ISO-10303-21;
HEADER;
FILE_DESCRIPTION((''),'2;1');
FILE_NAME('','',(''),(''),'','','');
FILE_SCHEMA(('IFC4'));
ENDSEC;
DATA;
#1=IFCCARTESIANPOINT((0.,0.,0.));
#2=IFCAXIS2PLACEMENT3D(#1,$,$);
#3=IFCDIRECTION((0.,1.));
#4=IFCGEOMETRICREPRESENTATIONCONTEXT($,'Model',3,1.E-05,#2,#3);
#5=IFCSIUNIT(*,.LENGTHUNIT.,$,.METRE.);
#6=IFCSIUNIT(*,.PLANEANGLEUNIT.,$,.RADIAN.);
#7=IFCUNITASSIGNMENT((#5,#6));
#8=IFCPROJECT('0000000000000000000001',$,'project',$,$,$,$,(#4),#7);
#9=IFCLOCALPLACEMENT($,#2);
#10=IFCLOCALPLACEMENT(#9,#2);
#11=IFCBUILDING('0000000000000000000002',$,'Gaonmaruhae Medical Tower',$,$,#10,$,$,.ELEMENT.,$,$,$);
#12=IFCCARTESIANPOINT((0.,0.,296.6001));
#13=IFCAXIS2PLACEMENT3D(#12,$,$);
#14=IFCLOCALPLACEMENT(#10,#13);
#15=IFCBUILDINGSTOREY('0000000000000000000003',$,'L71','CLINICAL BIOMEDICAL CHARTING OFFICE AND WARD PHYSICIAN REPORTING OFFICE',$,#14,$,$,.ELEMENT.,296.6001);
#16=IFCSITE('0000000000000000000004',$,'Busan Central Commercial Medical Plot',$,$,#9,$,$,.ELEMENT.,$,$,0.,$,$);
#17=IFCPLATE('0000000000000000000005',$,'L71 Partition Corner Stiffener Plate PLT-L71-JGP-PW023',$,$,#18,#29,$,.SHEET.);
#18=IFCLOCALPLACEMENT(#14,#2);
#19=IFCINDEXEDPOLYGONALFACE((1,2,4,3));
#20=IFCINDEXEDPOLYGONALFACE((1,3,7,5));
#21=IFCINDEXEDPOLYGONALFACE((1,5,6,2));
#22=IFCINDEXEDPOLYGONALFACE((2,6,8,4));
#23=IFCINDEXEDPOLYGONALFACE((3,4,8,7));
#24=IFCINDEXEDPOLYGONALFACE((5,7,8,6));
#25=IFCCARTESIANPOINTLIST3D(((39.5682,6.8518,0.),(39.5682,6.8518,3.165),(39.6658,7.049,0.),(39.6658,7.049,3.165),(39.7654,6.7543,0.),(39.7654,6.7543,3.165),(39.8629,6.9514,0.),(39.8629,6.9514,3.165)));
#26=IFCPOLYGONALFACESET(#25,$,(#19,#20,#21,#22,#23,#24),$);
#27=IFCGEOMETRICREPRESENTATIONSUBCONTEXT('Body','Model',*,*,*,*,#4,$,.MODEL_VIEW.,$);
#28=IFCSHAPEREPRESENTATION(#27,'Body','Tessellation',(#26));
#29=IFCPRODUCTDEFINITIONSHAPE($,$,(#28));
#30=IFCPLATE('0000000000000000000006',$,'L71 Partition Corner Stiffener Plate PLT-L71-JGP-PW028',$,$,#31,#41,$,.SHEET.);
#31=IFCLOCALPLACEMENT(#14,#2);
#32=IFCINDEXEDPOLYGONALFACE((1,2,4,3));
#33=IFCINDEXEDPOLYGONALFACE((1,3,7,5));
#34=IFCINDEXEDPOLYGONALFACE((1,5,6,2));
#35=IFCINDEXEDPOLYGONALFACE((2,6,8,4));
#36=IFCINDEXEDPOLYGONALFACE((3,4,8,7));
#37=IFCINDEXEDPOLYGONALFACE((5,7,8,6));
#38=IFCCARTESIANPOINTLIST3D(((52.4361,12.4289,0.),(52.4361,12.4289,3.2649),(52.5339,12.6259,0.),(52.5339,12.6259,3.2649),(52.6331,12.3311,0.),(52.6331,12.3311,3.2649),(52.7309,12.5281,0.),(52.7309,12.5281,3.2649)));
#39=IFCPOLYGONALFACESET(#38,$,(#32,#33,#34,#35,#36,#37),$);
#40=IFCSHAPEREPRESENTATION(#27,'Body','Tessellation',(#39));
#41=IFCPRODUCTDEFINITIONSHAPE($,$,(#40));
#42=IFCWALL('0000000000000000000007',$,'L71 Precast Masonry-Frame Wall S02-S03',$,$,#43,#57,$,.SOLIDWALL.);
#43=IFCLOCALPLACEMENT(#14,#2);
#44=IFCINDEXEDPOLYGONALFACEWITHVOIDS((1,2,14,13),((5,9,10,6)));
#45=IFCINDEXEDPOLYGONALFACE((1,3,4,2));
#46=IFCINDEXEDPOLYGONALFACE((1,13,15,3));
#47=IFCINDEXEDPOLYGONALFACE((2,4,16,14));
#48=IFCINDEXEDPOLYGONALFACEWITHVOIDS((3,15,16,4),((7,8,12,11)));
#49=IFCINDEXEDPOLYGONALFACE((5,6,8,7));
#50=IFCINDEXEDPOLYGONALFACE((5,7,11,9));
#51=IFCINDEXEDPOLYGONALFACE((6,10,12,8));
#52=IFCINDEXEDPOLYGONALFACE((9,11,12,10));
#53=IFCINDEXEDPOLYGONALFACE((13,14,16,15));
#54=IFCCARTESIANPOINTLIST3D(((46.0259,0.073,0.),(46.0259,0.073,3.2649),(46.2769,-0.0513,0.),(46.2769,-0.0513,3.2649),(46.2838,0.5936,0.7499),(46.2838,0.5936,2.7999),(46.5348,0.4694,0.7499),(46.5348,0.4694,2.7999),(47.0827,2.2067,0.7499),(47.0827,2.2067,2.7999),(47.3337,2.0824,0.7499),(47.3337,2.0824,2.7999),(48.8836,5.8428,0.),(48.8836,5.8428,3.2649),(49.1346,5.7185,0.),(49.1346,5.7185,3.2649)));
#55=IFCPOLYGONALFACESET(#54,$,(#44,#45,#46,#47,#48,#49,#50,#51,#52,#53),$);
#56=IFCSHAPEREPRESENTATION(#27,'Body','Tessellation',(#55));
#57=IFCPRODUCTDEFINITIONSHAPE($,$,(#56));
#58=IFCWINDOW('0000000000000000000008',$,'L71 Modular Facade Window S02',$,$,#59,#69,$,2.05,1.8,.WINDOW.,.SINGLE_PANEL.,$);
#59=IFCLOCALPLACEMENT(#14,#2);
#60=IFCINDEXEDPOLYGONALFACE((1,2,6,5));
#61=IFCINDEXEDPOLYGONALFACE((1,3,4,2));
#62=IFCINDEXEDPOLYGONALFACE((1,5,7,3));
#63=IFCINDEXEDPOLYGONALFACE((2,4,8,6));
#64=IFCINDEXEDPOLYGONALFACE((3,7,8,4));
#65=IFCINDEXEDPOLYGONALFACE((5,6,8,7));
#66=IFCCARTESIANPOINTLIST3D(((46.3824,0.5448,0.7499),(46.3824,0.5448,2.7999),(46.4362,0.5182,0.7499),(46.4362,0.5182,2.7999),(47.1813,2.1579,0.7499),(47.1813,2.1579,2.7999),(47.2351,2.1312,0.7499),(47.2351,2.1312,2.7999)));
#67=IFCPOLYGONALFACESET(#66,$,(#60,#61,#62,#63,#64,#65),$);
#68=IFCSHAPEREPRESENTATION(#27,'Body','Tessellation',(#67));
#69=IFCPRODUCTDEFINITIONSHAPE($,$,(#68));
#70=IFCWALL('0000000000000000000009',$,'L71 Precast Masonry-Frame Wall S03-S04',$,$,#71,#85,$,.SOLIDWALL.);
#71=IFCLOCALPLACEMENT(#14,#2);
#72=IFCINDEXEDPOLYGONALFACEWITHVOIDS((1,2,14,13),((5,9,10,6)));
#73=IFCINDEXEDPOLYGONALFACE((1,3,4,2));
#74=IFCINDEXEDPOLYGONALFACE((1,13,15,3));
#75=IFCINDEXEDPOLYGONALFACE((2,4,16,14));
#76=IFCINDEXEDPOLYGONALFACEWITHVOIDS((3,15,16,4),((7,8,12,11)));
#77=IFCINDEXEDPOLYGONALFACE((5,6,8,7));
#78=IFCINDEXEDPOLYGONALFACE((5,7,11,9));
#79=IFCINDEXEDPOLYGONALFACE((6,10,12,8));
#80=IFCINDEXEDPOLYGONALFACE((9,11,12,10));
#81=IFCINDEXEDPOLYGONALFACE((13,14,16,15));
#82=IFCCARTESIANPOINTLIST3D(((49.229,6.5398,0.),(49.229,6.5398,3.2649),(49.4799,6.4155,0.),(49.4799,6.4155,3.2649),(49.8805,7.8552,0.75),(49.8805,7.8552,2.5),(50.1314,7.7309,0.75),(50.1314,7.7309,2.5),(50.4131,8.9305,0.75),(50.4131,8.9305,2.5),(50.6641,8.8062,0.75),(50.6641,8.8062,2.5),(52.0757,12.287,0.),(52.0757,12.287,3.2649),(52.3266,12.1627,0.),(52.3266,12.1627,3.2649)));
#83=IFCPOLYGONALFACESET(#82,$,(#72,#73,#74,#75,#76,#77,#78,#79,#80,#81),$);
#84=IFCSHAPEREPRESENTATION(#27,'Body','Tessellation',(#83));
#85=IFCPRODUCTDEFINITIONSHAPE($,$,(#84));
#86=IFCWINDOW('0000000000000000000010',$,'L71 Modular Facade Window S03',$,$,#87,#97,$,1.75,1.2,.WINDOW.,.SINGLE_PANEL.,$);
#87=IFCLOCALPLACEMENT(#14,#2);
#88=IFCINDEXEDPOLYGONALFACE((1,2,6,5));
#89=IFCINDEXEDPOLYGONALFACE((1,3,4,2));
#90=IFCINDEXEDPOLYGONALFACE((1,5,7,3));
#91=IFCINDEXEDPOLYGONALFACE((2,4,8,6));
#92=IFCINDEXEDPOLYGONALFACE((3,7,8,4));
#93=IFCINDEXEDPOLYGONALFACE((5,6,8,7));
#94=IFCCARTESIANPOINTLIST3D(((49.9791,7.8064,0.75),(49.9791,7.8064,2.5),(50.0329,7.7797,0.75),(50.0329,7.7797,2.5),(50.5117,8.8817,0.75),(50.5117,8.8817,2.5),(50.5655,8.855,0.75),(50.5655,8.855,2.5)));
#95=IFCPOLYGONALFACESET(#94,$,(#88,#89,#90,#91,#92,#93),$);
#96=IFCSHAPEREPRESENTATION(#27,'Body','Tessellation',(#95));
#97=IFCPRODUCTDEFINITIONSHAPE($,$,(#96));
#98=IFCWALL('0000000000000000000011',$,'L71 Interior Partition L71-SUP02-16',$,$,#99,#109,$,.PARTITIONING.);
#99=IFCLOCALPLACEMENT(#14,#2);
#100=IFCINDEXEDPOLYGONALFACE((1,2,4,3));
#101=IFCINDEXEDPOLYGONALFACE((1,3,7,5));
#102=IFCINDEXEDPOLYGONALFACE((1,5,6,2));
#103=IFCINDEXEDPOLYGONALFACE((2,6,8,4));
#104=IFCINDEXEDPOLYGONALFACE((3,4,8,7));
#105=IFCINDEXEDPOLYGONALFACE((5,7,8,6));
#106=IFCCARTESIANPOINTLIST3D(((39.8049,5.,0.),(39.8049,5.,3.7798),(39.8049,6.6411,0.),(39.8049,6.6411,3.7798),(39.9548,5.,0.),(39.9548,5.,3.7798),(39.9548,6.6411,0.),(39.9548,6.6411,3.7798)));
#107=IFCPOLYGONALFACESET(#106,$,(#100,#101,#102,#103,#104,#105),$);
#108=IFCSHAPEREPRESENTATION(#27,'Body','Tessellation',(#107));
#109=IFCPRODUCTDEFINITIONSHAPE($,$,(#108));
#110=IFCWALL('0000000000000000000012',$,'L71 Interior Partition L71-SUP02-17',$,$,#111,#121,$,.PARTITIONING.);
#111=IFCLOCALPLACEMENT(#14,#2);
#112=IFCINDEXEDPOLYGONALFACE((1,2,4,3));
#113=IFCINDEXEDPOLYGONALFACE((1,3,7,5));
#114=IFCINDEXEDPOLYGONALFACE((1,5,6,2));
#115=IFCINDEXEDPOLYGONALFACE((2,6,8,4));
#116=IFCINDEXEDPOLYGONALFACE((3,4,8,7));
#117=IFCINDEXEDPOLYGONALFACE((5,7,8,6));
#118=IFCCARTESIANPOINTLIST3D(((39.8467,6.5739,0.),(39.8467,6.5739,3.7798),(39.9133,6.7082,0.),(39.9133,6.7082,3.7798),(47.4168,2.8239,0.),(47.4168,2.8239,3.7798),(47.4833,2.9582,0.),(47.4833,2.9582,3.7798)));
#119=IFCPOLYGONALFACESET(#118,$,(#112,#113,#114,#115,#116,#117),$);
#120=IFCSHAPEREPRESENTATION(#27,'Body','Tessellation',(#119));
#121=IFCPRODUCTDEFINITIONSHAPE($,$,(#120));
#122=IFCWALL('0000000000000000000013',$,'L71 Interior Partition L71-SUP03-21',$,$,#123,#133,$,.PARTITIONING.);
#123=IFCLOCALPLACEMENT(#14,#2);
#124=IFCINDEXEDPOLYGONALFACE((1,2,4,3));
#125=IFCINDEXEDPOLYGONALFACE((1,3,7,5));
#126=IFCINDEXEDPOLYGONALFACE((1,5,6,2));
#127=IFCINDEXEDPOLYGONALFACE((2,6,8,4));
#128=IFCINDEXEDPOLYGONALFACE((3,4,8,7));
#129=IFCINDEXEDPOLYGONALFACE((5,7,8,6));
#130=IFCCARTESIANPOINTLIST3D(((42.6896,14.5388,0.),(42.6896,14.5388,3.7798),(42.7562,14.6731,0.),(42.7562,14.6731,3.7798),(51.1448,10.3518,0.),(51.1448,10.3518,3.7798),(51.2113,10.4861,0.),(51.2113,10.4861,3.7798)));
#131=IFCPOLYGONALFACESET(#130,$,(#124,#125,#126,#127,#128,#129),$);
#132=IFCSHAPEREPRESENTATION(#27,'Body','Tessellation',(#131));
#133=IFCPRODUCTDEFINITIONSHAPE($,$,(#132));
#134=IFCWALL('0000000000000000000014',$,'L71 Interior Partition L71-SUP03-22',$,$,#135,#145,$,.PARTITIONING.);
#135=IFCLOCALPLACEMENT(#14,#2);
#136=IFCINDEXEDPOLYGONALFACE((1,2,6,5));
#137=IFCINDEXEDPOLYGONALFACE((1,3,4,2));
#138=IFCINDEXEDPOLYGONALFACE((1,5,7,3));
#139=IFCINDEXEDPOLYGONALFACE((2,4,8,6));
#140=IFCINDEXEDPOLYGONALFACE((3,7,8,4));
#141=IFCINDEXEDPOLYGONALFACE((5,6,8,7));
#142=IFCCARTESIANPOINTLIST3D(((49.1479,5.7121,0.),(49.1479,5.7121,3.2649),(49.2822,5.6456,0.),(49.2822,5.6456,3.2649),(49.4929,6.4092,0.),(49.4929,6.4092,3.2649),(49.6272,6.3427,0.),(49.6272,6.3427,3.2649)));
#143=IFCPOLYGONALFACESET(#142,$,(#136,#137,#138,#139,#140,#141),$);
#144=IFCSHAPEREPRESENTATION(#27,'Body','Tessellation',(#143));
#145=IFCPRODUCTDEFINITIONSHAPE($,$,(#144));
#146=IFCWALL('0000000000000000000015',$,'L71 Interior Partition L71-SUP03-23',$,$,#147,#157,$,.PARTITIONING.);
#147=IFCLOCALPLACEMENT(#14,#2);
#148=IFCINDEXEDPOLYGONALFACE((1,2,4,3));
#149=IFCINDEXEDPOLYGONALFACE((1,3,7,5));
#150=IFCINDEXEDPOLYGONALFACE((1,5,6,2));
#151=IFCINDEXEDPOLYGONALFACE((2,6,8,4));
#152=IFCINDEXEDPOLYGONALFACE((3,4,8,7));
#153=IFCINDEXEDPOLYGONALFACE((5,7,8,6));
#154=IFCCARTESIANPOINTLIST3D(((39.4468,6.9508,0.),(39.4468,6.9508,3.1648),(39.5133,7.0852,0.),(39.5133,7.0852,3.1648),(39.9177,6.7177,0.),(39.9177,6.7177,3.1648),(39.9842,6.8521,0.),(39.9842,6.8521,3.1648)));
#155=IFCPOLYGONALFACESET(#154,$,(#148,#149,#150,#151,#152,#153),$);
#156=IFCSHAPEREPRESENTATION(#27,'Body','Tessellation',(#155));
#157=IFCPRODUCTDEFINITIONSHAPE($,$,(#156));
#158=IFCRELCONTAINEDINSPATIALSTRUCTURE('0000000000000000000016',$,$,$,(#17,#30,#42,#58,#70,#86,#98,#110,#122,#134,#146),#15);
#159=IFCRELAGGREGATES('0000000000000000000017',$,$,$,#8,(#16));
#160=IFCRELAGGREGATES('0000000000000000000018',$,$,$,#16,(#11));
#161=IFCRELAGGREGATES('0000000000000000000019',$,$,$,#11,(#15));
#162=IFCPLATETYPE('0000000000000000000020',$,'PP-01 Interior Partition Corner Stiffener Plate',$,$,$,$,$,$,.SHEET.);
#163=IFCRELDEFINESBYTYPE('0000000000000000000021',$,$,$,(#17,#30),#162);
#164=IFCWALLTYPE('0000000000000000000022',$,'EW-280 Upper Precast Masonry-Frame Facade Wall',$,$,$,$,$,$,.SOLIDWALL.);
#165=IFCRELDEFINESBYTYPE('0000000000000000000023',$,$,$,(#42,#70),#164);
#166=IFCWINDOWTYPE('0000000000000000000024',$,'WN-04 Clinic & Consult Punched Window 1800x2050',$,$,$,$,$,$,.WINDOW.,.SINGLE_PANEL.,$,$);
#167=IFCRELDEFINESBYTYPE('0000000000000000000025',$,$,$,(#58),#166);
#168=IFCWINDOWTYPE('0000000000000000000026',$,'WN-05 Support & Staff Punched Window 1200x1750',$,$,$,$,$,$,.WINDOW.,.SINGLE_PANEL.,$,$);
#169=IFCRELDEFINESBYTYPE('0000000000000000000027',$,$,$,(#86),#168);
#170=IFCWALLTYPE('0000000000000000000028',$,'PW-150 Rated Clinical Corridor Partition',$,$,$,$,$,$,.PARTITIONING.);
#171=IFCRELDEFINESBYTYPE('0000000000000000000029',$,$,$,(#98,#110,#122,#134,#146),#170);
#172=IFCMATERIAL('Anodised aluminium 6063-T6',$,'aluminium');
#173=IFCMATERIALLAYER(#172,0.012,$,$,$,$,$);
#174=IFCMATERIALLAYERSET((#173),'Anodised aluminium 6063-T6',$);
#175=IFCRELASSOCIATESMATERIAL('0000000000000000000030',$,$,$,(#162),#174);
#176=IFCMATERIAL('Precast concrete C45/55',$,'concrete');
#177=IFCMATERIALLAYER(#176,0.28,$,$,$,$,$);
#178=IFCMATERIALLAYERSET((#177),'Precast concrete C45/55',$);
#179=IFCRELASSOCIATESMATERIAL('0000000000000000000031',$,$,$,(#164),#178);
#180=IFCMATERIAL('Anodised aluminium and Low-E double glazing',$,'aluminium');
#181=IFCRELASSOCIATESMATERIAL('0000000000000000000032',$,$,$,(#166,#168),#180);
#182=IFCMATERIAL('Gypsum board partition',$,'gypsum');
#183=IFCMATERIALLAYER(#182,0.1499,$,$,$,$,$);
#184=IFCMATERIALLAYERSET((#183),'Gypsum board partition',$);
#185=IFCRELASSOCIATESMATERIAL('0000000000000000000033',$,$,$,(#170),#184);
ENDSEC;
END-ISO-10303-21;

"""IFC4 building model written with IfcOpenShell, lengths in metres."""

from ifc_helpers import new_model, si_unit, direction, frame, frame_2d, origin, origin_2d, place, context, subcontext, project, spatial, rectangle, extrude, material, layer, layer_set, type_object, element, fill, save


model = new_model("IFC4")

# Units and contexts
model_context = context("Model", 3, precision=1e-05, world=origin(), true_north=direction((0.0, 1.0)))
body_context = subcontext(model_context, "Body", "Model", "MODEL_VIEW")
ifc_project = project(units=[si_unit("LENGTHUNIT", "METRE"), si_unit("PLANEANGLEUNIT", "RADIAN")], contexts=[model_context])

# Site, building, storey
site_placement = place(None, origin())
site = spatial("IfcSite", under=ifc_project, at=site_placement, Name="Busan Central Commercial Medical Plot", CompositionType="ELEMENT", RefElevation=0.0)
building_placement = place(site_placement, origin())
building = spatial("IfcBuilding", under=site, at=building_placement, Name="Gaonmaruhae Medical Tower", CompositionType="ELEMENT")
storey_placement = place(building_placement, frame((0.0, 0.0, 296.6001)))
storey = spatial("IfcBuildingStorey", under=building, at=storey_placement, Name="L71", Description="CLINICAL BIOMEDICAL CHARTING OFFICE AND WARD PHYSICIAN REPORTING OFFICE", CompositionType="ELEMENT", Elevation=296.6001)

# Plates
ifc_material_1 = material(Name="Anodised aluminium 6063-T6", Category="aluminium")
ifc_layer_1 = layer(ifc_material_1, 0.012)
ifc_layer_set_1 = layer_set([ifc_layer_1], Name="Anodised aluminium 6063-T6")
plate_type = type_object("IfcPlateType", Name="PP-01 Interior Partition Corner Stiffener Plate", PredefinedType="SHEET", material=ifc_layer_set_1)
plate_1_placement = place(storey_placement, frame((39.7156, 6.9016, 0.0), z_axis=(0.0, 0.0, 1.0), x_axis=(-0.896324, 0.4434, 0.0)))
element("IfcPlate", 1, at=plate_1_placement, inside=storey, type_object=plate_type, Name="L71 Partition Corner Stiffener Plate PLT-L71-JGP-PW023", PredefinedType="SHEET", context=body_context, shape_type="SweptSolid", body=[
    extrude(rectangle(XDim=0.22, YDim=0.22, at=origin_2d()), origin(), (0.0, 0.0, 1.0), 3.165),
])
plate_2_placement = place(storey_placement, frame((52.5835, 12.4785, 0.0), z_axis=(0.0, 0.0, 1.0), x_axis=(-0.444698, -0.895681, 0.0)))
element("IfcPlate", 2, at=plate_2_placement, inside=storey, type_object=plate_type, Name="L71 Partition Corner Stiffener Plate PLT-L71-JGP-PW028", PredefinedType="SHEET", context=body_context, shape_type="SweptSolid", body=[
    extrude(rectangle(XDim=0.22, YDim=0.22, at=origin_2d()), origin(), (0.0, 0.0, 1.0), 3.2649),
])

# Walls, openings, windows
ifc_material_2 = material(Name="Precast concrete C45/55", Category="concrete")
ifc_layer_2 = layer(ifc_material_2, 0.28)
ifc_layer_set_2 = layer_set([ifc_layer_2], Name="Precast concrete C45/55")
wall_type_1 = type_object("IfcWallType", Name="EW-280 Upper Precast Masonry-Frame Facade Wall", PredefinedType="SOLIDWALL", material=ifc_layer_set_2)
wall_1_placement = place(storey_placement, frame((49.009, 5.7805, 0.0), z_axis=(0.0, 0.0, 1.0), x_axis=(-0.443828, -0.896112, 0.0)))
wall_1 = element("IfcWall", 3, at=wall_1_placement, inside=storey, type_object=wall_type_1, Name="L71 Precast Masonry-Frame Wall S02-S03", PredefinedType="SOLIDWALL", context=body_context, shape_type="SweptSolid", body=[
    extrude(rectangle(XDim=6.4387, YDim=0.28, at=frame_2d((3.2192, 0.0))), origin(), (0.0, 0.0, 1.0), 3.2649),
])
opening_1_placement = place(wall_1_placement, frame((4.0576, 0.0, 0.75)))
opening_1 = element("IfcOpeningElement", 4, at=opening_1_placement, cuts=wall_1, PredefinedType="OPENING", context=body_context, shape_type="SweptSolid", body=[
    extrude(rectangle(XDim=1.8, YDim=2.05, at=frame_2d((0.8999, 1.0249))), frame((0.0, 0.1499, 0.0), z_axis=(0.0, -1.0, 0.0), x_axis=(1.0, 0.0, 0.0)), (0.0, 0.0, 1.0), 0.3),
])
ifc_material_3 = material(Name="Anodised aluminium and Low-E double glazing", Category="aluminium")
window_type_1 = type_object("IfcWindowType", Name="WN-04 Clinic & Consult Punched Window 1800x2050", PartitioningType="SINGLE_PANEL", PredefinedType="WINDOW", material=ifc_material_3)
window_1_placement = place(opening_1_placement, origin())
window_1 = element("IfcWindow", 5, at=window_1_placement, inside=storey, type_object=window_type_1, Name="L71 Modular Facade Window S02", OverallHeight=2.05, OverallWidth=1.8, PartitioningType="SINGLE_PANEL", PredefinedType="WINDOW", context=body_context, shape_type="SweptSolid", body=[
    extrude(rectangle(XDim=1.8, YDim=2.05, at=frame_2d((0.8999, 1.0249))), frame((0.0, 0.03, 0.0), z_axis=(0.0, -1.0, 0.0), x_axis=(1.0, 0.0, 0.0)), (0.0, 0.0, 1.0), 0.0601),
])
fill(opening_1, window_1)
wall_2_placement = place(storey_placement, frame((52.2012, 12.2249, 0.0), z_axis=(0.0, 0.0, 1.0), x_axis=(-0.443861, -0.896096, 0.0)))
wall_2 = element("IfcWall", 6, at=wall_2_placement, inside=storey, type_object=wall_type_1, Name="L71 Precast Masonry-Frame Wall S03-S04", PredefinedType="SOLIDWALL", context=body_context, shape_type="SweptSolid", body=[
    extrude(rectangle(XDim=6.4136, YDim=0.28, at=frame_2d((3.2068, 0.0))), origin(), (0.0, 0.0, 1.0), 3.2649),
])
opening_2_placement = place(wall_2_placement, frame((3.7456, 0.0, 0.75)))
opening_2 = element("IfcOpeningElement", 7, at=opening_2_placement, cuts=wall_2, PredefinedType="OPENING", context=body_context, shape_type="SweptSolid", body=[
    extrude(rectangle(XDim=1.2, YDim=1.75, at=frame_2d((0.6001, 0.875))), frame((0.0, 0.1499, 0.0), z_axis=(0.0, -1.0, 0.0), x_axis=(1.0, 0.0, 0.0)), (0.0, 0.0, 1.0), 0.3),
])
window_type_2 = type_object("IfcWindowType", Name="WN-05 Support & Staff Punched Window 1200x1750", PartitioningType="SINGLE_PANEL", PredefinedType="WINDOW", material=ifc_material_3)
window_2_placement = place(opening_2_placement, origin())
window_2 = element("IfcWindow", 8, at=window_2_placement, inside=storey, type_object=window_type_2, Name="L71 Modular Facade Window S03", OverallHeight=1.75, OverallWidth=1.2, PartitioningType="SINGLE_PANEL", PredefinedType="WINDOW", context=body_context, shape_type="SweptSolid", body=[
    extrude(rectangle(XDim=1.2, YDim=1.75, at=frame_2d((0.6001, 0.875))), frame((0.0, 0.03, 0.0), z_axis=(0.0, -1.0, 0.0), x_axis=(1.0, 0.0, 0.0)), (0.0, 0.0, 1.0), 0.0601),
])
fill(opening_2, window_2)

# Walls
ifc_material_4 = material(Name="Gypsum board partition", Category="gypsum")
ifc_layer_3 = layer(ifc_material_4, 0.1499)
ifc_layer_set_3 = layer_set([ifc_layer_3], Name="Gypsum board partition")
wall_type_2 = type_object("IfcWallType", Name="PW-150 Rated Clinical Corridor Partition", PredefinedType="PARTITIONING", material=ifc_layer_set_3)
wall_3_placement = place(storey_placement, frame((39.8799, 5.0, 0.0), z_axis=(0.0, 0.0, 1.0), x_axis=(0.0, 1.0, 0.0)))
element("IfcWall", 9, at=wall_3_placement, inside=storey, type_object=wall_type_2, Name="L71 Interior Partition L71-SUP02-16", PredefinedType="PARTITIONING", context=body_context, shape_type="SweptSolid", body=[
    extrude(rectangle(XDim=1.6411, YDim=0.1499, at=frame_2d((0.8206, 0.0))), origin(), (0.0, 0.0, 1.0), 3.7798),
])
wall_4_placement = place(storey_placement, frame((39.8799, 6.6411, 0.0), z_axis=(0.0, 0.0, 1.0), x_axis=(0.89608, -0.443893, 0.0)))
element("IfcWall", 10, at=wall_4_placement, inside=storey, type_object=wall_type_2, Name="L71 Interior Partition L71-SUP02-17", PredefinedType="PARTITIONING", context=body_context, shape_type="SweptSolid", body=[
    extrude(rectangle(XDim=8.448, YDim=0.1499, at=frame_2d((4.2241, 0.0))), origin(), (0.0, 0.0, 1.0), 3.7798),
])
wall_5_placement = place(storey_placement, frame((42.7229, 14.606, 0.0), z_axis=(0.0, 0.0, 1.0), x_axis=(0.896139, -0.443774, 0.0)))
element("IfcWall", 11, at=wall_5_placement, inside=storey, type_object=wall_type_2, Name="L71 Interior Partition L71-SUP03-21", PredefinedType="PARTITIONING", context=body_context, shape_type="SweptSolid", body=[
    extrude(rectangle(XDim=9.4351, YDim=0.1499, at=frame_2d((4.7175, 0.0))), origin(), (0.0, 0.0, 1.0), 3.7798),
])
wall_6_placement = place(storey_placement, frame((49.5601, 6.376, 0.0), z_axis=(0.0, 0.0, 1.0), x_axis=(-0.443568, -0.896241, 0.0)))
element("IfcWall", 12, at=wall_6_placement, inside=storey, type_object=wall_type_2, Name="L71 Interior Partition L71-SUP03-22", PredefinedType="PARTITIONING", context=body_context, shape_type="SweptSolid", body=[
    extrude(rectangle(XDim=0.7778, YDim=0.1499, at=frame_2d((0.3889, 0.0))), origin(), (0.0, 0.0, 1.0), 3.2649),
])
wall_7_placement = place(storey_placement, frame((39.9509, 6.7849, 0.0), z_axis=(0.0, 0.0, 1.0), x_axis=(-0.896186, 0.443679, 0.0)))
element("IfcWall", 13, at=wall_7_placement, inside=storey, type_object=wall_type_2, Name="L71 Interior Partition L71-SUP03-23", PredefinedType="PARTITIONING", context=body_context, shape_type="SweptSolid", body=[
    extrude(rectangle(XDim=0.5254, YDim=0.1499, at=frame_2d((0.2627, 0.0))), origin(), (0.0, 0.0, 1.0), 3.1648),
])

save(model, "model.ifc")
